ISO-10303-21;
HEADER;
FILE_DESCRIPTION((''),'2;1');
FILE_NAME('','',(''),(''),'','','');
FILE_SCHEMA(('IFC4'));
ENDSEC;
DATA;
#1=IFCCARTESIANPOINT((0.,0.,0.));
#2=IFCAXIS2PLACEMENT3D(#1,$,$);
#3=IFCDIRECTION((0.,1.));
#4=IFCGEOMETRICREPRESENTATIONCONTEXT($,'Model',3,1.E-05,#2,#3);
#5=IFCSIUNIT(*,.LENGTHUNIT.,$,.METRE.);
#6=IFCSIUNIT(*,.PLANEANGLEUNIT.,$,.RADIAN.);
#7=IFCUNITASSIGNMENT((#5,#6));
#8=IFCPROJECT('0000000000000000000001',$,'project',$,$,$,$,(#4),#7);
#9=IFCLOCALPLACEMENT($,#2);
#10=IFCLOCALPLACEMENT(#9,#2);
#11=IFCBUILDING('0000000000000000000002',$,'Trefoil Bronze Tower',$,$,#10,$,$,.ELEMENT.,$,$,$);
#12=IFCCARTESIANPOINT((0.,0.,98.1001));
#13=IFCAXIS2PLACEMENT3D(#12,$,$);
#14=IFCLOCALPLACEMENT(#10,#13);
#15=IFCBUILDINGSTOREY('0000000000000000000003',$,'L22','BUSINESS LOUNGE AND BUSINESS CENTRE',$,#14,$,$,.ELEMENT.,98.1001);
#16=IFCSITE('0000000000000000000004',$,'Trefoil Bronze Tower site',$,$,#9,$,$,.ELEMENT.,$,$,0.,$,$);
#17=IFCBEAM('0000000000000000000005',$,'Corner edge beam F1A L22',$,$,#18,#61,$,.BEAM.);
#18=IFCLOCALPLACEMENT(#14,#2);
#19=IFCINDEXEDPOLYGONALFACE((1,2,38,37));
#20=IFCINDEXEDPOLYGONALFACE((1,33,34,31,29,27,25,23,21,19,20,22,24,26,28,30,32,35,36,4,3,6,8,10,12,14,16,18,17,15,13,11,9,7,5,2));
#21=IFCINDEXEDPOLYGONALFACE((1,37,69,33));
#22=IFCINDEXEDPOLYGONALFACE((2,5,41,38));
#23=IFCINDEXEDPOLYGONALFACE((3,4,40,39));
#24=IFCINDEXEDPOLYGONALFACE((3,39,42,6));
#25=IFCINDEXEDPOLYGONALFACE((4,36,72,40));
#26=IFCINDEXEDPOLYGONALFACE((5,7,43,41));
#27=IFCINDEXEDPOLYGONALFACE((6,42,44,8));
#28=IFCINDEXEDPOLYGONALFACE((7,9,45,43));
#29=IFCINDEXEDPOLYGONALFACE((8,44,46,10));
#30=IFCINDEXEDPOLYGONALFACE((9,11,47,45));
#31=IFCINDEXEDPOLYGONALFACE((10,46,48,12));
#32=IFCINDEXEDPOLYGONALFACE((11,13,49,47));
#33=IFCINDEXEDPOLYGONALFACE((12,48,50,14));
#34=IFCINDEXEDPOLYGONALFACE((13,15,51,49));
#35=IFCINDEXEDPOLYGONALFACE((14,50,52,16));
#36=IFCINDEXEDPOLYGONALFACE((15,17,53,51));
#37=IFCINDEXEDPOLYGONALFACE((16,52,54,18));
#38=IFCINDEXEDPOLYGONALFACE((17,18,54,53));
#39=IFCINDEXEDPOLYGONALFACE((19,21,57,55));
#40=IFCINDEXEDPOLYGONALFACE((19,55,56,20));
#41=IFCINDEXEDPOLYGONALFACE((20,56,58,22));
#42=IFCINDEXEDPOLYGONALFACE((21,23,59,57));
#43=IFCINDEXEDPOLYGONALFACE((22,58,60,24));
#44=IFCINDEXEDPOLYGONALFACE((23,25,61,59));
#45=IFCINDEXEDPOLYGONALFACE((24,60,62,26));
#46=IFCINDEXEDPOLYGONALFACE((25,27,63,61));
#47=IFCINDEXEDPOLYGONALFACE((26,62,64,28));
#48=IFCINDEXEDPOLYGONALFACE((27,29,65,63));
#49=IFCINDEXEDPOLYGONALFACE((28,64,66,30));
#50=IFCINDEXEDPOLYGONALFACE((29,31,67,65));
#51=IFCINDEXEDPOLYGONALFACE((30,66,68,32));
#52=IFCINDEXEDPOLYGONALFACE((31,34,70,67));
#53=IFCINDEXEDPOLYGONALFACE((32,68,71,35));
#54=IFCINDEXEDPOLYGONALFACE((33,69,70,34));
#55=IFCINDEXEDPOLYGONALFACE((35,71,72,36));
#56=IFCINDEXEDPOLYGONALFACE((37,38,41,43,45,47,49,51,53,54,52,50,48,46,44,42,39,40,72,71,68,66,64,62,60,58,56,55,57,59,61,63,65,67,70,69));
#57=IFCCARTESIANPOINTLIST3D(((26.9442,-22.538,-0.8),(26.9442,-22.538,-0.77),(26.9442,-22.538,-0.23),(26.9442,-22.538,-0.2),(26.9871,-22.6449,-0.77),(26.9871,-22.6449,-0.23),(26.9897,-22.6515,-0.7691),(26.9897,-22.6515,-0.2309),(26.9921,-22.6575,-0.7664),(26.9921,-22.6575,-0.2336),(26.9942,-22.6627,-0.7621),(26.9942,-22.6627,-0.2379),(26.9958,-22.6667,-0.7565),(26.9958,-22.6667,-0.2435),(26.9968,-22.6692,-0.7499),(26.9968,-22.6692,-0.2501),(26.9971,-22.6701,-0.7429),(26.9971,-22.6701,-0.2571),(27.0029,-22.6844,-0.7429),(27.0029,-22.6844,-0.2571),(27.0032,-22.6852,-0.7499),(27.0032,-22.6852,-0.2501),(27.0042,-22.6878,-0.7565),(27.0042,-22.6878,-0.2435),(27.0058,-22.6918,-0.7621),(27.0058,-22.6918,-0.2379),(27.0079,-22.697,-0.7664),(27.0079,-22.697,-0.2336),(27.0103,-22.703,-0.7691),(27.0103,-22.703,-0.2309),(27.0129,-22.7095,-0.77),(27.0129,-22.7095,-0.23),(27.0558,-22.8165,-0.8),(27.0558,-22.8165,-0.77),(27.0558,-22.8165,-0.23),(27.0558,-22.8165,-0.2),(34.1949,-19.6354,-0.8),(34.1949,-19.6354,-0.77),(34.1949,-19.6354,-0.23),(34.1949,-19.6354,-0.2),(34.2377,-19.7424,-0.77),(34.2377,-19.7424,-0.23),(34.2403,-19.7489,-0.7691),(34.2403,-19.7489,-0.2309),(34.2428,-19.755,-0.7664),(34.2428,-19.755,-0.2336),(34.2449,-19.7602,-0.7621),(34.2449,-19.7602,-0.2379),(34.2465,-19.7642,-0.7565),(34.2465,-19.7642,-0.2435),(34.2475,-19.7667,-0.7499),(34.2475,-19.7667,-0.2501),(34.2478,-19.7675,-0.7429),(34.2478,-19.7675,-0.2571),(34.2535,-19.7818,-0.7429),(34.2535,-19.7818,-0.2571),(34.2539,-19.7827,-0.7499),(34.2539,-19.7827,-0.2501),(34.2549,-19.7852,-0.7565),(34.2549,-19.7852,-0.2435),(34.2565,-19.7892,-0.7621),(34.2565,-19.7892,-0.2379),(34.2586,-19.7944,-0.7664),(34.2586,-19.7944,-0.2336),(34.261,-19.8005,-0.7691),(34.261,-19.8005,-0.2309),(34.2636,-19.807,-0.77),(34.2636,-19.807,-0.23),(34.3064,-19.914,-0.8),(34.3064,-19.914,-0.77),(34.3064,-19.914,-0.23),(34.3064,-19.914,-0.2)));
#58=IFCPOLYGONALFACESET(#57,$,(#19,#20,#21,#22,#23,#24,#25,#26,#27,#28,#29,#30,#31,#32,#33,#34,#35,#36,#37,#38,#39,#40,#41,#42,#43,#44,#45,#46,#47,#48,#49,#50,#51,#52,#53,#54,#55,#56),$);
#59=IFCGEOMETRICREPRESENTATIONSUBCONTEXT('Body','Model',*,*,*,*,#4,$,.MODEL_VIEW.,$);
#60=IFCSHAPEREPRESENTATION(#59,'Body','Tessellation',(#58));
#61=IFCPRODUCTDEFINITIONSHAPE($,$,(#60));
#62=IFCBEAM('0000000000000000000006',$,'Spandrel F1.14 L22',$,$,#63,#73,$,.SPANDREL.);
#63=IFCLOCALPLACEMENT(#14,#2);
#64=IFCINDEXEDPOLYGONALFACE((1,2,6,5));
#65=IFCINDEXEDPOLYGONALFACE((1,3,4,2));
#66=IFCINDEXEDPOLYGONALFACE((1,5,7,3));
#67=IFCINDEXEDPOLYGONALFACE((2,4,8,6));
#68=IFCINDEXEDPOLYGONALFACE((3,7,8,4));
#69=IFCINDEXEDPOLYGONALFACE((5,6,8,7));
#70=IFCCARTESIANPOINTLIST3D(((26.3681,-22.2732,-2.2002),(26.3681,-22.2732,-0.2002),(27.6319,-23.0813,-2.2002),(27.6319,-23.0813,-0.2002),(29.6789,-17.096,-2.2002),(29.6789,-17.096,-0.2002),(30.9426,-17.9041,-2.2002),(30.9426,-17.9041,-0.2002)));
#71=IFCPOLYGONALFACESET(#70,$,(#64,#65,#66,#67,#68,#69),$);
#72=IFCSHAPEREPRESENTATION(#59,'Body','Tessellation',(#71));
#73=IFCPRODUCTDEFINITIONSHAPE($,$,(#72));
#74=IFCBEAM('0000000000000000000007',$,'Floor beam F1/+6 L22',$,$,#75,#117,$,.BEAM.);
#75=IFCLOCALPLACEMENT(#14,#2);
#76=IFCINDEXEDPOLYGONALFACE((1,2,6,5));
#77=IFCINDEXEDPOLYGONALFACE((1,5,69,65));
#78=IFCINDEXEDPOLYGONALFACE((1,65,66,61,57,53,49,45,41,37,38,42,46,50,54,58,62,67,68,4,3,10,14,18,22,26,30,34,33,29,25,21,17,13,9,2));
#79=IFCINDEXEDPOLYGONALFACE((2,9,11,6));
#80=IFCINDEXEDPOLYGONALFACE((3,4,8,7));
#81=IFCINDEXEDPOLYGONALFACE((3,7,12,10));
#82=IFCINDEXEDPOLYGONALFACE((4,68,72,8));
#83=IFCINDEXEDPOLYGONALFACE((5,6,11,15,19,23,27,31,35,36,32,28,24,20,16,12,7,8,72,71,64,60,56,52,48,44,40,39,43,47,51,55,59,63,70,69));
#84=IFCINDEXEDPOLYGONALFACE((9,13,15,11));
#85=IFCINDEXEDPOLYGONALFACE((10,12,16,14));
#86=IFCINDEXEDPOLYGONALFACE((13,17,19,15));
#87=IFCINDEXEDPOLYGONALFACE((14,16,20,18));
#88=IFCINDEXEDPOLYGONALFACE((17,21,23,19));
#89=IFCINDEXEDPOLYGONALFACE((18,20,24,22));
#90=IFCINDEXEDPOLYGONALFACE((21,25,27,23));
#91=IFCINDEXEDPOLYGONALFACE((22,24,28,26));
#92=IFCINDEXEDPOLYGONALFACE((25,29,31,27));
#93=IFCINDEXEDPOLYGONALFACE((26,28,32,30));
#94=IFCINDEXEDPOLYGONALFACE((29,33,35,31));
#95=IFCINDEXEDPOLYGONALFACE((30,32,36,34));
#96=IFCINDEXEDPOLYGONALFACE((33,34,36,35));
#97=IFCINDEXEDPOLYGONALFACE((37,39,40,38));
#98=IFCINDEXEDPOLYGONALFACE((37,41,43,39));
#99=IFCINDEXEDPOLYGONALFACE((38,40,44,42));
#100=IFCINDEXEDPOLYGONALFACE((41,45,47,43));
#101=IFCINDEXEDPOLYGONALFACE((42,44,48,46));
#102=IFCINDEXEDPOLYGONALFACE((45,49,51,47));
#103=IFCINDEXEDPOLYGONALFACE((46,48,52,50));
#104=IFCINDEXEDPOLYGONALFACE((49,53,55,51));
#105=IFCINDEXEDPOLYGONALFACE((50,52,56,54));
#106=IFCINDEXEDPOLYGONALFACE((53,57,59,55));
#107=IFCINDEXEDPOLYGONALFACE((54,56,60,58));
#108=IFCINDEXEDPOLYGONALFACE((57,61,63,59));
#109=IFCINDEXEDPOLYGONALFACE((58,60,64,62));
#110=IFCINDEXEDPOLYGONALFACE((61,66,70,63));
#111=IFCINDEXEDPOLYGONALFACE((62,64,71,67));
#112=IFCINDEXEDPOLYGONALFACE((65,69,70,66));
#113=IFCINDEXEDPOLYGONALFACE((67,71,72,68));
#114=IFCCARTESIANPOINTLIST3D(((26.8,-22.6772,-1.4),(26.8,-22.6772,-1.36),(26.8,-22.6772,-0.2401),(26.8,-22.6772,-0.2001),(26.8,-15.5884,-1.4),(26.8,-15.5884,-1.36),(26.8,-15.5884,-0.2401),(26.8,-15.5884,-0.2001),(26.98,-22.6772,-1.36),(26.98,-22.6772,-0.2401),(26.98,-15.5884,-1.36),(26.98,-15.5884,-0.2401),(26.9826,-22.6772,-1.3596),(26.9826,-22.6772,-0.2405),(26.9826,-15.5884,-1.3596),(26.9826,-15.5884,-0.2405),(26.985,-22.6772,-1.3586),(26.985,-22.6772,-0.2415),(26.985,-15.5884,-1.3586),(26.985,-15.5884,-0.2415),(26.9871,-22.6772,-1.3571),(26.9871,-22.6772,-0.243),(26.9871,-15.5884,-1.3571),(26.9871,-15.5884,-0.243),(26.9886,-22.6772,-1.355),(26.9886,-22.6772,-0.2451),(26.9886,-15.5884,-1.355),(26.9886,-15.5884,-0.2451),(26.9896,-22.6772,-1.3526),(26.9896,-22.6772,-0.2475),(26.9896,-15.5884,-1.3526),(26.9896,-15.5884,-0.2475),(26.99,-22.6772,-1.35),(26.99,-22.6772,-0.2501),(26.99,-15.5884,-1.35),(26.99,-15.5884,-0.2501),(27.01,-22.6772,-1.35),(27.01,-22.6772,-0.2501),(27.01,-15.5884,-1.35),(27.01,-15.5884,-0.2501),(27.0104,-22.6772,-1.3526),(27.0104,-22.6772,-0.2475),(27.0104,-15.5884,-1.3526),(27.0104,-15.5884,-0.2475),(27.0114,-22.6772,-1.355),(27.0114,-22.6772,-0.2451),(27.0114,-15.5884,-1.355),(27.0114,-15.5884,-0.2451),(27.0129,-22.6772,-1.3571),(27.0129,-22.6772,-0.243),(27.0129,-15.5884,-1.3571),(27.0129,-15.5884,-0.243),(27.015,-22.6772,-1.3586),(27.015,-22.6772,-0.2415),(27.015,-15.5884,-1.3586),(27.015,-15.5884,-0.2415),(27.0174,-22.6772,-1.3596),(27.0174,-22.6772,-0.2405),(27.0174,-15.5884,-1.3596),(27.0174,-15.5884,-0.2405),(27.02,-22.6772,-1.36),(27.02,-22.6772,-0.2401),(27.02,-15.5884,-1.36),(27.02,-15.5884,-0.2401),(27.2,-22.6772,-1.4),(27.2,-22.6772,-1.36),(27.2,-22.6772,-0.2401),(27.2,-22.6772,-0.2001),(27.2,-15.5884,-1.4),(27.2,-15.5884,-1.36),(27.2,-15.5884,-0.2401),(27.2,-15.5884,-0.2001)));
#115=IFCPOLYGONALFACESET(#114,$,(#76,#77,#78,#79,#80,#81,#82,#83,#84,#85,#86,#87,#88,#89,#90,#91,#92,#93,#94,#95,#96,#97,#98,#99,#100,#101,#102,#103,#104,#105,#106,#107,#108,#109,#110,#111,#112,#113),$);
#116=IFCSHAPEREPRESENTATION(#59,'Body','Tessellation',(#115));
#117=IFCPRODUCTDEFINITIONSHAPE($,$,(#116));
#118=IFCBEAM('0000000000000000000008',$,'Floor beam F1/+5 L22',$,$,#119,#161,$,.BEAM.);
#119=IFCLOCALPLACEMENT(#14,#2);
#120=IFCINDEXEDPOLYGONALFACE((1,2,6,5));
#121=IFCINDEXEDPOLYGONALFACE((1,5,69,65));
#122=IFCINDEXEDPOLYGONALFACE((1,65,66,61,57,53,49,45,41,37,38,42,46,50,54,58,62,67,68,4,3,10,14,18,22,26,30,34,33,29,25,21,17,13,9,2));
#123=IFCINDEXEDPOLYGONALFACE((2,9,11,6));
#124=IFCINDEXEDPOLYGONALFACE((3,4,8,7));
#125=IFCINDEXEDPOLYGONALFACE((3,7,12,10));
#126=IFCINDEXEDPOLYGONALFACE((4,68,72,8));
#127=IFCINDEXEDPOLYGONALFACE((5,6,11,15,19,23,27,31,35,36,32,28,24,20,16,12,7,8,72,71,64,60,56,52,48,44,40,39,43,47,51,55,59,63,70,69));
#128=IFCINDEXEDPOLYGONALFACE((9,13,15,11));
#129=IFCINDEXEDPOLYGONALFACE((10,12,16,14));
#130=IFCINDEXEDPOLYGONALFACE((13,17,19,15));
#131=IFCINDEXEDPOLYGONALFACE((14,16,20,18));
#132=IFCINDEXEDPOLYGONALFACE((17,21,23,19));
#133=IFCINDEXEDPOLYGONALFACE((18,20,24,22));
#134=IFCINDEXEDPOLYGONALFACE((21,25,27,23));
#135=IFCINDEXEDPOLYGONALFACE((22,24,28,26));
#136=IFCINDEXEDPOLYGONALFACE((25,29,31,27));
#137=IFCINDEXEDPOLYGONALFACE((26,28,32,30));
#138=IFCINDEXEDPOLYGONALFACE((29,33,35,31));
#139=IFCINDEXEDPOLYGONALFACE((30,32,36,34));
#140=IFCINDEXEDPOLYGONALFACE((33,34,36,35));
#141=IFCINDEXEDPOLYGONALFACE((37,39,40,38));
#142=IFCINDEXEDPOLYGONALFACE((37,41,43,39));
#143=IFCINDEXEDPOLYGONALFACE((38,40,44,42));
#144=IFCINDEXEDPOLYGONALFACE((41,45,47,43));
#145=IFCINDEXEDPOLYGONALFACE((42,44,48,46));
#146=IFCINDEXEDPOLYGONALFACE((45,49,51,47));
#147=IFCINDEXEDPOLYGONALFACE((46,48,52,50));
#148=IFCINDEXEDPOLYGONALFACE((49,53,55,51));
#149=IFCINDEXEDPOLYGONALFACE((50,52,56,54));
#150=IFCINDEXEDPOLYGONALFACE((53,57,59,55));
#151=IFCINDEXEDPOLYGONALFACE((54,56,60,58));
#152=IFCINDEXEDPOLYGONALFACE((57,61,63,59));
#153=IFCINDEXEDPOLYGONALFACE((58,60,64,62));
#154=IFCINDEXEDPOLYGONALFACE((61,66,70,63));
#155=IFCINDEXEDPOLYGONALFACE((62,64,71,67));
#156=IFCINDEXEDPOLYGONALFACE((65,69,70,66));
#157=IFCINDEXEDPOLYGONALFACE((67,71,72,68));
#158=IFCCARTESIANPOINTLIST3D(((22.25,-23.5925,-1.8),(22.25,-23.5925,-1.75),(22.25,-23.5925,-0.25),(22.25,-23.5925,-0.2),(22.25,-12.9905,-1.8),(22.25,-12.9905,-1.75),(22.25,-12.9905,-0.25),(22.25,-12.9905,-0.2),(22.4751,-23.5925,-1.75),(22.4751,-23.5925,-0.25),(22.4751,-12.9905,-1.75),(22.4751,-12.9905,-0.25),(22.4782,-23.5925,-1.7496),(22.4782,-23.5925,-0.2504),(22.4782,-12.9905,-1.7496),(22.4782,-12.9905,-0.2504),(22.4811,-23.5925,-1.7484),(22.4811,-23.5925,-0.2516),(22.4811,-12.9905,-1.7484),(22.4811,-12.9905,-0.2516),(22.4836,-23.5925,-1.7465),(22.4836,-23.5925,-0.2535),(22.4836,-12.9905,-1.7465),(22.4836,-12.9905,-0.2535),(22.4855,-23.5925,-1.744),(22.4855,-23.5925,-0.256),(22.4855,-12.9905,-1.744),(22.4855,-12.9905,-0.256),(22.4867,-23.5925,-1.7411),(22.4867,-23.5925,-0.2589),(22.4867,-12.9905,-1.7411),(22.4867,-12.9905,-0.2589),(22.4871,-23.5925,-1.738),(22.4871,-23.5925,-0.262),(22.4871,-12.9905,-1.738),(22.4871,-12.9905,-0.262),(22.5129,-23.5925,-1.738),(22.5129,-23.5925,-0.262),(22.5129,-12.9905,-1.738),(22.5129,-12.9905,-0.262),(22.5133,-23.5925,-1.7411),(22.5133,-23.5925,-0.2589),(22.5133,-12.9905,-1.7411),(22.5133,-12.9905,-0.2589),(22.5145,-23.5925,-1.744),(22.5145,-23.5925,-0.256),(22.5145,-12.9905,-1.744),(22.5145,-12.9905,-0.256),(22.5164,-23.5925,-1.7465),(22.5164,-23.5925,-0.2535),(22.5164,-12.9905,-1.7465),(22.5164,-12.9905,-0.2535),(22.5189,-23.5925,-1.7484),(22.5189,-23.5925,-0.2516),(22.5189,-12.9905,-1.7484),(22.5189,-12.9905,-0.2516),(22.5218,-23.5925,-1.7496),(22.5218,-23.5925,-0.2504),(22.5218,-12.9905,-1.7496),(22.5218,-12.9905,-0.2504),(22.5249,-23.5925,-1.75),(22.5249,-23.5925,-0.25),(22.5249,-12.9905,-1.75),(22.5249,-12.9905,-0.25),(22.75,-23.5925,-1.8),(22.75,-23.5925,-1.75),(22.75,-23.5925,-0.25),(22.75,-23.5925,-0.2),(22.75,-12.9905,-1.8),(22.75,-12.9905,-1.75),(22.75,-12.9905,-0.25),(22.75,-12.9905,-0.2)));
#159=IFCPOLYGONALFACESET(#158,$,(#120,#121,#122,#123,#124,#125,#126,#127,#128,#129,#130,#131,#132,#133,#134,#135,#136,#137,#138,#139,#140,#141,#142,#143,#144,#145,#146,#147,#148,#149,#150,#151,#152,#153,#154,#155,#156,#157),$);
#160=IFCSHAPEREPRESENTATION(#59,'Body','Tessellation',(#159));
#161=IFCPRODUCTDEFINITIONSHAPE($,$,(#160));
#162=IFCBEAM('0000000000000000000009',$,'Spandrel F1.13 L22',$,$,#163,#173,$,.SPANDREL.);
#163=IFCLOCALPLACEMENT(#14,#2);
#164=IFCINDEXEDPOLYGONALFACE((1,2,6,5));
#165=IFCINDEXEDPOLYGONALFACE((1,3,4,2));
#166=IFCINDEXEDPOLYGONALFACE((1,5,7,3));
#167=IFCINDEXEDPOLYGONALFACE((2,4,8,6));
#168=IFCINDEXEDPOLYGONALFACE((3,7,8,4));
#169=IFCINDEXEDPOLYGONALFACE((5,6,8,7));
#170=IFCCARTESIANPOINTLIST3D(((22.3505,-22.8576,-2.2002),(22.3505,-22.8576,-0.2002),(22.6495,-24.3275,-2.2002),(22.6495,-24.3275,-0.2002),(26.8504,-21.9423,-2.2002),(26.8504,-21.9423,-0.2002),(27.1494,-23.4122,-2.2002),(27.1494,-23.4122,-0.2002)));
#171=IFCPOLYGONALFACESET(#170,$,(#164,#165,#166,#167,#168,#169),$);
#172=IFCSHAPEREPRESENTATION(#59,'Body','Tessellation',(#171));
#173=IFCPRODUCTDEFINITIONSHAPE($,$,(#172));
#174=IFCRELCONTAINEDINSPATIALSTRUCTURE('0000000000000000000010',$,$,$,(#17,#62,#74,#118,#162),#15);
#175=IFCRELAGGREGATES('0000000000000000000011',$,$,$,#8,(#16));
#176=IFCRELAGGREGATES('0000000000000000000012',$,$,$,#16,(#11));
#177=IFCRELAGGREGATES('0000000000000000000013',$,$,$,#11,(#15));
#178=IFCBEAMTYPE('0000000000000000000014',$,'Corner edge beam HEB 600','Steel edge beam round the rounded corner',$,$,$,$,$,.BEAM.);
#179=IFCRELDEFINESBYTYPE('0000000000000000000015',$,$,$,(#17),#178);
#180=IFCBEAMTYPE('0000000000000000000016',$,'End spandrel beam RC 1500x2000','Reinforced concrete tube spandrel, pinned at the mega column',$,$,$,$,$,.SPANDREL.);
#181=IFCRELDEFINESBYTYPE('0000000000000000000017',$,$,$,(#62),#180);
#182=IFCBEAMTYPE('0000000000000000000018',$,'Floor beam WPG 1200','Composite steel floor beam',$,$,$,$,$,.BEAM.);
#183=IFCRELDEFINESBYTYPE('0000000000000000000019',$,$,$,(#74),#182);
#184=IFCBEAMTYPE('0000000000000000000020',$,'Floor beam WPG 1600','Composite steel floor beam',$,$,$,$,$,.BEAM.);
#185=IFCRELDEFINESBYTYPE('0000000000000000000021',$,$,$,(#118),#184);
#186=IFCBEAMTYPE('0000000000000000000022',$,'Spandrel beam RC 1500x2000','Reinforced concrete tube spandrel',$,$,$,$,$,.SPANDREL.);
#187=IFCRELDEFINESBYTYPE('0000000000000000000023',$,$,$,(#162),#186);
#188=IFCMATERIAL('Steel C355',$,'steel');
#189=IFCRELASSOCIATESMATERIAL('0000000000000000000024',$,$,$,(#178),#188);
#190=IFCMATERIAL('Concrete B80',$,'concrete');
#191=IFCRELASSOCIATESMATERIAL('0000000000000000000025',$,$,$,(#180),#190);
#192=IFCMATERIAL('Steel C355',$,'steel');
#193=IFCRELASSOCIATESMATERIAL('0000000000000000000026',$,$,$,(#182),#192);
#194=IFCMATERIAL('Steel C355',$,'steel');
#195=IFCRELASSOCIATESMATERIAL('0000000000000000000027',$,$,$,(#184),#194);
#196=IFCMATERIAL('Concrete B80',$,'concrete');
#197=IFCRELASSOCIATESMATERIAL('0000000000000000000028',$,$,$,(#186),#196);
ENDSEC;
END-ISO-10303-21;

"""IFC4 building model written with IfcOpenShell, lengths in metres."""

from ifc_helpers import new_model, si_unit, direction, frame, origin, origin_2d, place, context, subcontext, project, spatial, rectangle, i_section, extrude, material, material_profile, profile_set, type_object, element, save


model = new_model("IFC4")

# Units and contexts
model_context = context("Model", 3, precision=1e-05, world=origin(), true_north=direction((0.0, 1.0)))
body_context = subcontext(model_context, "Body", "Model", "MODEL_VIEW")
ifc_project = project(units=[si_unit("LENGTHUNIT", "METRE"), si_unit("PLANEANGLEUNIT", "RADIAN")], contexts=[model_context])

# Site, building, storey
site_placement = place(None, origin())
site = spatial("IfcSite", under=ifc_project, at=site_placement, Name="Trefoil Bronze Tower site", CompositionType="ELEMENT", RefElevation=0.0)
building_placement = place(site_placement, origin())
building = spatial("IfcBuilding", under=site, at=building_placement, Name="Trefoil Bronze Tower", CompositionType="ELEMENT")
storey_placement = place(building_placement, frame((0.0, 0.0, 98.1001)))
storey = spatial("IfcBuildingStorey", under=building, at=storey_placement, Name="L22", Description="BUSINESS LOUNGE AND BUSINESS CENTRE", CompositionType="ELEMENT", Elevation=98.1001)

# Beams
ifc_material_1 = material(Name="Steel C355", Category="steel")
ifc_material_profile_1 = material_profile(ifc_material_1, i_section(OverallWidth=0.3, OverallDepth=0.6001, WebThickness=0.0154, FlangeThickness=0.03, FilletRadius=0.0271, at=origin_2d()), Name="HEB 600")
ifc_profile_set_1 = profile_set([ifc_material_profile_1], Name="Steel C355")
beam_type_1 = type_object("IfcBeamType", Name="Corner edge beam HEB 600", Description="Steel edge beam round the rounded corner", PredefinedType="BEAM", material=ifc_profile_set_1)
beam_1_placement = place(storey_placement, frame((27.0, -22.6772, -0.5), z_axis=(0.928375, 0.371644, 0.0), x_axis=(-0.371644, 0.928375, 0.0)))
element("IfcBeam", 1, at=beam_1_placement, inside=storey, type_object=beam_type_1, Name="Corner edge beam F1A L22", PredefinedType="BEAM", context=body_context, shape_type="SweptSolid", body=[
    extrude(i_section(OverallWidth=0.3, OverallDepth=0.6001, WebThickness=0.0154, FlangeThickness=0.03, FilletRadius=0.0271, at=origin_2d()), origin(), (0.0, 0.0, 1.0), 7.8101),
])
ifc_material_2 = material(Name="Concrete B80", Category="concrete")
ifc_material_profile_2 = material_profile(ifc_material_2, rectangle(XDim=1.5, YDim=2.0, at=origin_2d()), Name="RC 1500x2000")
ifc_profile_set_2 = profile_set([ifc_material_profile_2], Name="Concrete B80")
beam_type_2 = type_object("IfcBeamType", Name="End spandrel beam RC 1500x2000", Description="Reinforced concrete tube spandrel, pinned at the mega column", PredefinedType="SPANDREL", material=ifc_profile_set_2)
beam_2_placement = place(storey_placement, frame((27.0, -22.6772, -1.2002), z_axis=(0.538748, 0.842467, 0.0), x_axis=(-0.842467, 0.538748, 0.0)))
element("IfcBeam", 2, at=beam_2_placement, inside=storey, type_object=beam_type_2, Name="Spandrel F1.14 L22", PredefinedType="SPANDREL", context=body_context, shape_type="SweptSolid", body=[
    extrude(rectangle(XDim=1.5, YDim=2.0, at=origin_2d()), origin(), (0.0, 0.0, 1.0), 6.1453),
])
ifc_material_3 = material(Name="Steel C355", Category="steel")
ifc_material_profile_3 = material_profile(ifc_material_3, i_section(OverallWidth=0.3999, OverallDepth=1.2, WebThickness=0.02, FlangeThickness=0.04, FilletRadius=0.01, at=origin_2d()), Name="WPG 1200")
ifc_profile_set_3 = profile_set([ifc_material_profile_3], Name="Steel C355")
beam_type_3 = type_object("IfcBeamType", Name="Floor beam WPG 1200", Description="Composite steel floor beam", PredefinedType="BEAM", material=ifc_profile_set_3)
beam_3_placement = place(storey_placement, frame((27.0, -22.6772, -0.8), z_axis=(0.0, 1.0, 0.0), x_axis=(-1.0, 0.0, 0.0)))
element("IfcBeam", 3, at=beam_3_placement, inside=storey, type_object=beam_type_3, Name="Floor beam F1/+6 L22", PredefinedType="BEAM", context=body_context, shape_type="SweptSolid", body=[
    extrude(i_section(OverallWidth=0.3999, OverallDepth=1.2, WebThickness=0.02, FlangeThickness=0.04, FilletRadius=0.01, at=origin_2d()), origin(), (0.0, 0.0, 1.0), 7.0889),
])
ifc_material_4 = material(Name="Steel C355", Category="steel")
ifc_material_profile_4 = material_profile(ifc_material_4, i_section(OverallWidth=0.5, OverallDepth=1.6001, WebThickness=0.0259, FlangeThickness=0.05, FilletRadius=0.012, at=origin_2d()), Name="WPG 1600")
ifc_profile_set_4 = profile_set([ifc_material_profile_4], Name="Steel C355")
beam_type_4 = type_object("IfcBeamType", Name="Floor beam WPG 1600", Description="Composite steel floor beam", PredefinedType="BEAM", material=ifc_profile_set_4)
beam_4_placement = place(storey_placement, frame((22.5, -23.5925, -1.0), z_axis=(0.0, 1.0, 0.0), x_axis=(-1.0, 0.0, 0.0)))
element("IfcBeam", 4, at=beam_4_placement, inside=storey, type_object=beam_type_4, Name="Floor beam F1/+5 L22", PredefinedType="BEAM", context=body_context, shape_type="SweptSolid", body=[
    extrude(i_section(OverallWidth=0.5, OverallDepth=1.6001, WebThickness=0.0259, FlangeThickness=0.05, FilletRadius=0.012, at=origin_2d()), origin(), (0.0, 0.0, 1.0), 10.6021),
])
ifc_material_5 = material(Name="Concrete B80", Category="concrete")
ifc_material_profile_5 = material_profile(ifc_material_5, rectangle(XDim=1.5, YDim=2.0, at=origin_2d()), Name="RC 1500x2000")
ifc_profile_set_5 = profile_set([ifc_material_profile_5], Name="Concrete B80")
beam_type_5 = type_object("IfcBeamType", Name="Spandrel beam RC 1500x2000", Description="Reinforced concrete tube spandrel", PredefinedType="SPANDREL", material=ifc_profile_set_5)
beam_5_placement = place(storey_placement, frame((22.5, -23.5925, -1.2002), z_axis=(0.979935, 0.199315, 0.0), x_axis=(-0.199315, 0.979935, 0.0)))
element("IfcBeam", 5, at=beam_5_placement, inside=storey, type_object=beam_type_5, Name="Spandrel F1.13 L22", PredefinedType="SPANDREL", context=body_context, shape_type="SweptSolid", body=[
    extrude(rectangle(XDim=1.5, YDim=2.0, at=origin_2d()), origin(), (0.0, 0.0, 1.0), 4.592),
])

save(model, "model.ifc")
